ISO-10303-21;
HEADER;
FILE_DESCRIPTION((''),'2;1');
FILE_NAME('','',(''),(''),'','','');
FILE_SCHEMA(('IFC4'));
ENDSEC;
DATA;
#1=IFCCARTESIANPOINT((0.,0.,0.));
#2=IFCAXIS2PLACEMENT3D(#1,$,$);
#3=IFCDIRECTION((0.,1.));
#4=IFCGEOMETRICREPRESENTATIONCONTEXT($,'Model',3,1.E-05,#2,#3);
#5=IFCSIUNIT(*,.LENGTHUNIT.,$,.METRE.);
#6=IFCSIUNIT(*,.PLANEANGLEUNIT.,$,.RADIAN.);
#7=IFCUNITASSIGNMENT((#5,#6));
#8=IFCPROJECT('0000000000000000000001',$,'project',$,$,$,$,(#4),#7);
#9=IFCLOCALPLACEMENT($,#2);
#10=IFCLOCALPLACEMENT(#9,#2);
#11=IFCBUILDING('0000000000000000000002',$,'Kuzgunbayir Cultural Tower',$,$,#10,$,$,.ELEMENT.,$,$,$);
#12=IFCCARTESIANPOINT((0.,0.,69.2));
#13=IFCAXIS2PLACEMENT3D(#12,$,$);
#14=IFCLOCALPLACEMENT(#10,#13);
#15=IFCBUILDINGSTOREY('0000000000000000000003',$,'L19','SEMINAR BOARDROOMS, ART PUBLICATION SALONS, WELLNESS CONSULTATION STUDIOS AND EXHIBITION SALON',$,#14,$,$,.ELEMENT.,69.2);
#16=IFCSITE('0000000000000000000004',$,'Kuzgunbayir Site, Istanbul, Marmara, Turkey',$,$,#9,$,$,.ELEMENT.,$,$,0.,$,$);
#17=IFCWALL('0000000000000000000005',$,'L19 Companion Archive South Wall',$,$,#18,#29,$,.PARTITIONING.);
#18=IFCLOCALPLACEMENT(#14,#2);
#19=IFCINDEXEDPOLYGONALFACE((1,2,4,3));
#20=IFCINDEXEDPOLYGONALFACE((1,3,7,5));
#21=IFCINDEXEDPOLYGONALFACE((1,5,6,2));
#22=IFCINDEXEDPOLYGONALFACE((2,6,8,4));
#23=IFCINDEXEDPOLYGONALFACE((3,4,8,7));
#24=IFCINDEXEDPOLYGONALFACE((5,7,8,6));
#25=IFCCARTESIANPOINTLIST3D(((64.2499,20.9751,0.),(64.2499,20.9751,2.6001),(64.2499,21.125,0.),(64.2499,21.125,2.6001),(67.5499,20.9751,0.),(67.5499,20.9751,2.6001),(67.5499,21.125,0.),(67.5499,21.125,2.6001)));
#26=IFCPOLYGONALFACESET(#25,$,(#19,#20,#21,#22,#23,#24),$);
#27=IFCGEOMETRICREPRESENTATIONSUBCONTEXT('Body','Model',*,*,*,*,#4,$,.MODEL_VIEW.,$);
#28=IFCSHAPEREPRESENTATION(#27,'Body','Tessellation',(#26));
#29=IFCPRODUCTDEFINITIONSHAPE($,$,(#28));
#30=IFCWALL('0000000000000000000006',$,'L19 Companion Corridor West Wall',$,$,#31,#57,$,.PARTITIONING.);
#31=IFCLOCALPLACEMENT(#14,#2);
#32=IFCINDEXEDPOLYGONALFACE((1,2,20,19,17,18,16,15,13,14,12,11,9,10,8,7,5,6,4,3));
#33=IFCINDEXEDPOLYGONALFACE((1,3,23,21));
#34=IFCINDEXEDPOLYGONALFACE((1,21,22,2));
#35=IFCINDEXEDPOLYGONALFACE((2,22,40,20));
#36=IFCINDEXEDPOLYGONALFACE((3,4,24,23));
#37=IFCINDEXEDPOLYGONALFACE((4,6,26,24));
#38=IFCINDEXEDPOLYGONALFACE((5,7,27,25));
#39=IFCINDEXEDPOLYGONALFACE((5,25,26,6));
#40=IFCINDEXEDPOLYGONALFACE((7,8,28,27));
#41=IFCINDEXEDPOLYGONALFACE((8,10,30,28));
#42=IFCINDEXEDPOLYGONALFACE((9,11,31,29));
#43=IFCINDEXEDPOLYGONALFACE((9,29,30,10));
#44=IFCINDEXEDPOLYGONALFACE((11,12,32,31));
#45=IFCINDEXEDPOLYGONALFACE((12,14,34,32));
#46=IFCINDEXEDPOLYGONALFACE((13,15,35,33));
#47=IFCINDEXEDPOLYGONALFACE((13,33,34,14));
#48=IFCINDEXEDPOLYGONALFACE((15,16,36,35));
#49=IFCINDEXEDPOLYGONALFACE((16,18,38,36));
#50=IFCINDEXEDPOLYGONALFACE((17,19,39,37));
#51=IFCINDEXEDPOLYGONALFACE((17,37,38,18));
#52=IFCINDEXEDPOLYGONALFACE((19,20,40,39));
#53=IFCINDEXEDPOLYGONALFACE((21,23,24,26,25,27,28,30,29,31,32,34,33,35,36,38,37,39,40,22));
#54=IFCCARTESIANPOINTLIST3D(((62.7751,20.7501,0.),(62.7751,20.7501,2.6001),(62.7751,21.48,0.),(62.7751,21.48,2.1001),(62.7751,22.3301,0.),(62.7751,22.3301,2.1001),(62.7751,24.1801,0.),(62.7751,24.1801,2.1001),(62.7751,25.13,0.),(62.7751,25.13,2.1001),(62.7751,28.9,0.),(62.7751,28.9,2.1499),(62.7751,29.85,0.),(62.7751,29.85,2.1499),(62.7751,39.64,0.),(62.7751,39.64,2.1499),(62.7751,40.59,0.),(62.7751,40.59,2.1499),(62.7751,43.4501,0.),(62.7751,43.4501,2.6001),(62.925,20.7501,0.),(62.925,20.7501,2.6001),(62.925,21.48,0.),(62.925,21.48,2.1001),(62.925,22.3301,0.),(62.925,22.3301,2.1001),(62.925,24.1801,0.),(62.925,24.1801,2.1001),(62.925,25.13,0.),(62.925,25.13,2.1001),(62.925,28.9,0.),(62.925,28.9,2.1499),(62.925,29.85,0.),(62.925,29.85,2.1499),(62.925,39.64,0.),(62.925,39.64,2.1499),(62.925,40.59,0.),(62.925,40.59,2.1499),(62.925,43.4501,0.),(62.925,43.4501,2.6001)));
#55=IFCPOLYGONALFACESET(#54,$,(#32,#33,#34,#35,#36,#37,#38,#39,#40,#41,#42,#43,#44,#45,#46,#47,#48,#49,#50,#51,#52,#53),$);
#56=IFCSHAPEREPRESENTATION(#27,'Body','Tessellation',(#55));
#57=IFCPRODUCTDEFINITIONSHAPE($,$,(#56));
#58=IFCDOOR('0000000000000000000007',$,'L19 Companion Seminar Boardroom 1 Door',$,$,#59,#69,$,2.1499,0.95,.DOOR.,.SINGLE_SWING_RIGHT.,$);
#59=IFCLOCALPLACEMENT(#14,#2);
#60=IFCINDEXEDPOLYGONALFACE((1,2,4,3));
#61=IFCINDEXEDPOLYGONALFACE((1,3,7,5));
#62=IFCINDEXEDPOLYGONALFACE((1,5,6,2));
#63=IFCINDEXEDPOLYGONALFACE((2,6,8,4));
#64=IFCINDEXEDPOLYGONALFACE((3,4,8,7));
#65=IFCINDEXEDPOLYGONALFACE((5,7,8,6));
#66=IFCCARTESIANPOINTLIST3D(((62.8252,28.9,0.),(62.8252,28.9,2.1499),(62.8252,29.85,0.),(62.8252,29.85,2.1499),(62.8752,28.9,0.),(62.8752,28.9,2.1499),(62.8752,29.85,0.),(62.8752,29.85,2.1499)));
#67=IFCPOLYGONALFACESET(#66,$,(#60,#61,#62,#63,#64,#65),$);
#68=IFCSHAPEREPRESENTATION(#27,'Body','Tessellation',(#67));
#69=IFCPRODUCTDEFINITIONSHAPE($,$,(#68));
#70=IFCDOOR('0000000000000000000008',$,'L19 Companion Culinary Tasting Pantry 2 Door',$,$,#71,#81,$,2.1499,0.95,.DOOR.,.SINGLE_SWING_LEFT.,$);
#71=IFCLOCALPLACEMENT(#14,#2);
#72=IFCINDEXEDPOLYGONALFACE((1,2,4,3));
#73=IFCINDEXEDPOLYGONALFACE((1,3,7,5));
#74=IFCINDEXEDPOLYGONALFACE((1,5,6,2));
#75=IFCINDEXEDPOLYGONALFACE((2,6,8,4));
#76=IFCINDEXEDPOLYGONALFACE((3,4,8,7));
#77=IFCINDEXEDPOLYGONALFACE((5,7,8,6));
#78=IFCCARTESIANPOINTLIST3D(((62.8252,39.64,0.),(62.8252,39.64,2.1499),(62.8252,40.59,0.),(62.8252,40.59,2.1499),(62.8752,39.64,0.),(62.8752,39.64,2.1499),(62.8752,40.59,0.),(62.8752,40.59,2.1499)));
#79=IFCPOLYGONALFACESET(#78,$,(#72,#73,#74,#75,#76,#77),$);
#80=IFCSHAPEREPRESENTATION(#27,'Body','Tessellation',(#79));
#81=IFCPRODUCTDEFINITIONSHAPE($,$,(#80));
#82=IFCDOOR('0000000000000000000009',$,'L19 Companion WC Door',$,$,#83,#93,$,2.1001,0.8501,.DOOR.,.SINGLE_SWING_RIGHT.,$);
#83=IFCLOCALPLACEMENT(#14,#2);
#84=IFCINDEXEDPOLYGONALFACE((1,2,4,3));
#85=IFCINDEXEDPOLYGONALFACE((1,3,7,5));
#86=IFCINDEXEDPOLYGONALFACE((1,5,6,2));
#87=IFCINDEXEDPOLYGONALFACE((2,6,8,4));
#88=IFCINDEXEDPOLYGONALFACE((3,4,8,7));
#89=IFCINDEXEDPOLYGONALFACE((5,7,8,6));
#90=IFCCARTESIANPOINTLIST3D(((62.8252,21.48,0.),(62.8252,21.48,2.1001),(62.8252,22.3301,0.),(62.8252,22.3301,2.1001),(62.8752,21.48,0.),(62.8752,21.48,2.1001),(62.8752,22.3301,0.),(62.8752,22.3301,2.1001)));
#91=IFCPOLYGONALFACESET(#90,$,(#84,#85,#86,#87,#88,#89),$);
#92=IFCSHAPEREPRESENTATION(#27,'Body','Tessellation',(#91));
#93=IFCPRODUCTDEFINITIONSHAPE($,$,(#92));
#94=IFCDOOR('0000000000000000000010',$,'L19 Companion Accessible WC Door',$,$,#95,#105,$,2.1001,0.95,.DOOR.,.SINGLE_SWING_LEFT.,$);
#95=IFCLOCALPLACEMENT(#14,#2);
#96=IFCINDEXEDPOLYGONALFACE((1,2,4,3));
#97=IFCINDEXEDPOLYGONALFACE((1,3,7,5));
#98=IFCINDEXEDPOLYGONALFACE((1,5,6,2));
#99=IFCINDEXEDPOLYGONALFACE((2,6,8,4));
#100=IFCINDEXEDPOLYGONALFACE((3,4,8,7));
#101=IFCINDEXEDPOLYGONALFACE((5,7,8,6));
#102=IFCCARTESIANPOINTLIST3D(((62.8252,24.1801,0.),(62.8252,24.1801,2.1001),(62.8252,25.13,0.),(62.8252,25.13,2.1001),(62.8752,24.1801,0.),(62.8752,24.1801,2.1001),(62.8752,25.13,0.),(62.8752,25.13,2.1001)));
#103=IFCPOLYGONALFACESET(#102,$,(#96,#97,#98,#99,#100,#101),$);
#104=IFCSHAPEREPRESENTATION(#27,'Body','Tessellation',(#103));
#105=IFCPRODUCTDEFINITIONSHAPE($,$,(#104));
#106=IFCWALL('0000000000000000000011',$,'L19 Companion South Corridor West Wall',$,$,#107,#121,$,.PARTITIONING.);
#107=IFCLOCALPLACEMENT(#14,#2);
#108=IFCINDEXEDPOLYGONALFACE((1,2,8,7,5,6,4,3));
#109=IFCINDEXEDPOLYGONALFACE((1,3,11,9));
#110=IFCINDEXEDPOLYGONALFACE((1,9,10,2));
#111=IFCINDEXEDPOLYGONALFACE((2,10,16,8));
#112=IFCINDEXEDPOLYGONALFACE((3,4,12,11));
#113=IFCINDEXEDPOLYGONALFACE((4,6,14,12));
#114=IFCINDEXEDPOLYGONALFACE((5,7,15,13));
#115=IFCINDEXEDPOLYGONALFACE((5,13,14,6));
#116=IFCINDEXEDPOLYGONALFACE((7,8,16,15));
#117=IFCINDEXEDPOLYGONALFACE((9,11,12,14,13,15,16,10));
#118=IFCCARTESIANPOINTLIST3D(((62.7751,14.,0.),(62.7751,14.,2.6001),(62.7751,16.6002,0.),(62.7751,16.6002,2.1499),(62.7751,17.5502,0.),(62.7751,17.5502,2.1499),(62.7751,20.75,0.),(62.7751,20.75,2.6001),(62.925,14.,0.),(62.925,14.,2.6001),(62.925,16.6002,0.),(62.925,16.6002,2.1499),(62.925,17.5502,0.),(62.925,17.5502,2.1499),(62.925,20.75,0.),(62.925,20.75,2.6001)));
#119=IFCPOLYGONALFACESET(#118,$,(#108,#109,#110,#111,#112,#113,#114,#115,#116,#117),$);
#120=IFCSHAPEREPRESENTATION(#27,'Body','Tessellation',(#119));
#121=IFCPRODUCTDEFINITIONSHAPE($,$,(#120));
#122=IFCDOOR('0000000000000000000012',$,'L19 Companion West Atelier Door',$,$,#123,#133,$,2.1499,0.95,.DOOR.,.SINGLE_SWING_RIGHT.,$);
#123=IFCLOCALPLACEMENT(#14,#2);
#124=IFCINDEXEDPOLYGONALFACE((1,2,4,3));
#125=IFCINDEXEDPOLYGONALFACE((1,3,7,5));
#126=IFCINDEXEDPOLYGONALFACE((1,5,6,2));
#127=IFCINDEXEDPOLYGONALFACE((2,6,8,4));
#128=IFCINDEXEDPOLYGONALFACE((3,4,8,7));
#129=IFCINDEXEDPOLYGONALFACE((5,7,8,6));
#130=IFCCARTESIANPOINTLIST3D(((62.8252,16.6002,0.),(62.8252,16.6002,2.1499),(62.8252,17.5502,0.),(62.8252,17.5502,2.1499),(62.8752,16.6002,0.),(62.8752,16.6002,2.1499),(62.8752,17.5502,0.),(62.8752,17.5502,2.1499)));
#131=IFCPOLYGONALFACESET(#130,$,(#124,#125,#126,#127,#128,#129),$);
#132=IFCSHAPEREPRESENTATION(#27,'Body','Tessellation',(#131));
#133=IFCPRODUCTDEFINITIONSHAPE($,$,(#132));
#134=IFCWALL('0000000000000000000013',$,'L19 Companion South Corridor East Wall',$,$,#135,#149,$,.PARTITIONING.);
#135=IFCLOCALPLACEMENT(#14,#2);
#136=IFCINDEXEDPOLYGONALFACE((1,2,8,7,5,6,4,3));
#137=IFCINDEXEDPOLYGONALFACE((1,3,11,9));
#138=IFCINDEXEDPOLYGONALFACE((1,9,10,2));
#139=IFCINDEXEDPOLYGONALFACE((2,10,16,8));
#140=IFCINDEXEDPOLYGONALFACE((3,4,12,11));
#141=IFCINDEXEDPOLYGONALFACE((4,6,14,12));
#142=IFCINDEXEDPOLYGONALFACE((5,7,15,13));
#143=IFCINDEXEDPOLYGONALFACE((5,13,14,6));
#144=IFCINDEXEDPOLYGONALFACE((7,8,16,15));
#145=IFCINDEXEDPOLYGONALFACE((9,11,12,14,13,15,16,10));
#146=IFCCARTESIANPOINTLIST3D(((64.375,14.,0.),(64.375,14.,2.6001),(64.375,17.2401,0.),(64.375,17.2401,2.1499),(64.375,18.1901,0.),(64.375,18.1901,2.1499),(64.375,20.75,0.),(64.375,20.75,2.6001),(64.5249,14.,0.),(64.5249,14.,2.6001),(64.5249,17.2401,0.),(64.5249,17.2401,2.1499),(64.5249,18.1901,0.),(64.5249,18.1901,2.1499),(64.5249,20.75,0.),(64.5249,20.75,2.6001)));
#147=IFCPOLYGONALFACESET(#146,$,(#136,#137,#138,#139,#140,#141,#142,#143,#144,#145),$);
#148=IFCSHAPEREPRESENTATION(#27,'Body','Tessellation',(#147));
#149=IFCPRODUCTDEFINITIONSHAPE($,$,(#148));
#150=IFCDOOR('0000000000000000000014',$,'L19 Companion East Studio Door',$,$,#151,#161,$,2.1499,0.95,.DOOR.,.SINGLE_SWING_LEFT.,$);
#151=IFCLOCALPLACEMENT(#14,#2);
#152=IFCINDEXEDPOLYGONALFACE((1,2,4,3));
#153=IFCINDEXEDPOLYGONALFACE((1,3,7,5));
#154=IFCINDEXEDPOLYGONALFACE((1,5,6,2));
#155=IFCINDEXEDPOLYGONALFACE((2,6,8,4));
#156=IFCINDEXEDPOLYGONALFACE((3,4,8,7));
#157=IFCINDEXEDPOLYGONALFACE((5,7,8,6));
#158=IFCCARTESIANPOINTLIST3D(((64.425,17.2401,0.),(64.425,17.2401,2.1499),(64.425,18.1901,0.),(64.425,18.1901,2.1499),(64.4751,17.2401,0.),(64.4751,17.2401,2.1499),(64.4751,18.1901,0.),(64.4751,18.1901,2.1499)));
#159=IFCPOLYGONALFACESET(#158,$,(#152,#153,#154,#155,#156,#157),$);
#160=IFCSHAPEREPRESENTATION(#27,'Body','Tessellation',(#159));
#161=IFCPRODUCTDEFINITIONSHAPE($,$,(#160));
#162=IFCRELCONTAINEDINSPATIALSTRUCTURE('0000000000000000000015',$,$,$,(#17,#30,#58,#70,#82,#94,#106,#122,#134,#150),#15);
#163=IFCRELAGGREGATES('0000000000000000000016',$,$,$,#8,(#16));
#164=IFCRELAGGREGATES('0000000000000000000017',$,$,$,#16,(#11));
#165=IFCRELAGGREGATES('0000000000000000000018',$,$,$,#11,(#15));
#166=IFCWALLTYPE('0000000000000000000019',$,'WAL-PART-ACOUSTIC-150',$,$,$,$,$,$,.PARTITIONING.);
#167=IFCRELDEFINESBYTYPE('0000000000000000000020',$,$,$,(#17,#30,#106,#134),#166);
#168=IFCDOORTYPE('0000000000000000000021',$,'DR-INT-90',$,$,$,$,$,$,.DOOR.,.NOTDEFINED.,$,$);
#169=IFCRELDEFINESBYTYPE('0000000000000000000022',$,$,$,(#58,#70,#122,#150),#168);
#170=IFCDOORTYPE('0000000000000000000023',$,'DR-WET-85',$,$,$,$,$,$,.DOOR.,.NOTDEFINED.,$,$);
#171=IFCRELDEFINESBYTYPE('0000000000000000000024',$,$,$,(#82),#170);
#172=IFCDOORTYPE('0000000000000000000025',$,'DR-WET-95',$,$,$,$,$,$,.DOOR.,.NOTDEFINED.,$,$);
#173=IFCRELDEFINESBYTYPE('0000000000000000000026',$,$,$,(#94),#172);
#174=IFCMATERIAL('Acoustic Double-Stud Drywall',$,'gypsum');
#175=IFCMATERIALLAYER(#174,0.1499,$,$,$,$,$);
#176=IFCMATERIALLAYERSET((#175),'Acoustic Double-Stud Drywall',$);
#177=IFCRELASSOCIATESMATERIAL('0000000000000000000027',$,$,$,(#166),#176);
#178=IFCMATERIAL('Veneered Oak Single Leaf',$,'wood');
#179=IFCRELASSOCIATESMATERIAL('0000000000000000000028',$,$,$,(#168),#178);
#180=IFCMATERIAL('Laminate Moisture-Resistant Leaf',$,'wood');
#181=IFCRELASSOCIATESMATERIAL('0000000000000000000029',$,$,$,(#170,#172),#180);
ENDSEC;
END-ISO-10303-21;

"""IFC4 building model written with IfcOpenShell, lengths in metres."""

from ifc_helpers import new_model, si_unit, direction, frame, frame_2d, origin, place, context, subcontext, project, spatial, rectangle, extrude, material, layer, layer_set, type_object, element, fill, save


model = new_model("IFC4")

# Units and contexts
model_context = context("Model", 3, precision=1e-05, world=origin(), true_north=direction((0.0, 1.0)))
body_context = subcontext(model_context, "Body", "Model", "MODEL_VIEW")
ifc_project = project(units=[si_unit("LENGTHUNIT", "METRE"), si_unit("PLANEANGLEUNIT", "RADIAN")], contexts=[model_context])

# Site, building, storey
site_placement = place(None, origin())
site = spatial("IfcSite", under=ifc_project, at=site_placement, Name="Kuzgunbayir Site, Istanbul, Marmara, Turkey", CompositionType="ELEMENT", RefElevation=0.0)
building_placement = place(site_placement, origin())
building = spatial("IfcBuilding", under=site, at=building_placement, Name="Kuzgunbayir Cultural Tower", CompositionType="ELEMENT")
storey_placement = place(building_placement, frame((0.0, 0.0, 69.2)))
storey = spatial("IfcBuildingStorey", under=building, at=storey_placement, Name="L19", Description="SEMINAR BOARDROOMS, ART PUBLICATION SALONS, WELLNESS CONSULTATION STUDIOS AND EXHIBITION SALON", CompositionType="ELEMENT", Elevation=69.2)

# Shared definitions
ifc_material_1 = material(Name="Acoustic Double-Stud Drywall", Category="gypsum")
ifc_layer_1 = layer(ifc_material_1, 0.1499)
ifc_layer_set_1 = layer_set([ifc_layer_1], Name="Acoustic Double-Stud Drywall")
wall_type_1 = type_object("IfcWallType", Name="WAL-PART-ACOUSTIC-150", PredefinedType="PARTITIONING", material=ifc_layer_set_1)
ifc_material_2 = material(Name="Veneered Oak Single Leaf", Category="wood")
door_type_1 = type_object("IfcDoorType", Name="DR-INT-90", OperationType="NOTDEFINED", PredefinedType="DOOR", material=ifc_material_2)

# Wall
wall_1_placement = place(storey_placement, frame((64.25, 21.05, 0.0), z_axis=(0.0, 0.0, 1.0), x_axis=(1.0, 0.0, 0.0)))
element("IfcWall", 1, at=wall_1_placement, inside=storey, type_object=wall_type_1, Name="L19 Companion Archive South Wall", PredefinedType="PARTITIONING", context=body_context, shape_type="SweptSolid", body=[
    extrude(rectangle(XDim=3.3, YDim=0.1499, at=frame_2d((1.6499, 0.0))), origin(), (0.0, 0.0, 1.0), 2.6001),
])

# Wall, openings, doors
wall_2_placement = place(storey_placement, frame((62.8501, 20.75, 0.0), z_axis=(0.0, 0.0, 1.0), x_axis=(0.0, 1.0, 0.0)))
wall_2 = element("IfcWall", 2, at=wall_2_placement, inside=storey, type_object=wall_type_1, Name="L19 Companion Corridor West Wall", PredefinedType="PARTITIONING", context=body_context, shape_type="SweptSolid", body=[
    extrude(rectangle(XDim=22.7, YDim=0.1499, at=frame_2d((11.3501, 0.0))), origin(), (0.0, 0.0, 1.0), 2.6001),
])
opening_1_placement = place(wall_2_placement, frame((0.73, 0.0, 0.0)))
opening_1 = element("IfcOpeningElement", 3, at=opening_1_placement, cuts=wall_2, PredefinedType="OPENING", context=body_context, shape_type="SweptSolid", body=[
    extrude(rectangle(XDim=0.8501, YDim=2.1001, at=frame_2d((0.425, 1.05))), frame((0.0, 0.085, 0.0), z_axis=(0.0, -1.0, 0.0), x_axis=(1.0, 0.0, 0.0)), (0.0, 0.0, 1.0), 0.1699),
])
opening_2_placement = place(wall_2_placement, frame((3.4299, 0.0, 0.0)))
opening_2 = element("IfcOpeningElement", 4, at=opening_2_placement, cuts=wall_2, PredefinedType="OPENING", context=body_context, shape_type="SweptSolid", body=[
    extrude(rectangle(XDim=0.95, YDim=2.1001, at=frame_2d((0.4751, 1.05))), frame((0.0, 0.085, 0.0), z_axis=(0.0, -1.0, 0.0), x_axis=(1.0, 0.0, 0.0)), (0.0, 0.0, 1.0), 0.1699),
])
opening_3_placement = place(wall_2_placement, frame((8.1499, 0.0, 0.0)))
opening_3 = element("IfcOpeningElement", 5, at=opening_3_placement, cuts=wall_2, PredefinedType="OPENING", context=body_context, shape_type="SweptSolid", body=[
    extrude(rectangle(XDim=0.95, YDim=2.1499, at=frame_2d((0.4751, 1.075))), frame((0.0, 0.085, 0.0), z_axis=(0.0, -1.0, 0.0), x_axis=(1.0, 0.0, 0.0)), (0.0, 0.0, 1.0), 0.1699),
])
opening_4_placement = place(wall_2_placement, frame((18.8899, 0.0, 0.0)))
opening_4 = element("IfcOpeningElement", 6, at=opening_4_placement, cuts=wall_2, PredefinedType="OPENING", context=body_context, shape_type="SweptSolid", body=[
    extrude(rectangle(XDim=0.95, YDim=2.1499, at=frame_2d((0.4751, 1.075))), frame((0.0, 0.085, 0.0), z_axis=(0.0, -1.0, 0.0), x_axis=(1.0, 0.0, 0.0)), (0.0, 0.0, 1.0), 0.1699),
])
door_1_placement = place(opening_3_placement, origin())
door_1 = element("IfcDoor", 7, at=door_1_placement, inside=storey, type_object=door_type_1, Name="L19 Companion Seminar Boardroom 1 Door", OperationType="SINGLE_SWING_RIGHT", OverallHeight=2.1499, OverallWidth=0.95, PredefinedType="DOOR", context=body_context, shape_type="SweptSolid", body=[
    extrude(rectangle(XDim=0.95, YDim=2.1499, at=frame_2d((0.4751, 1.075))), frame((0.0, 0.0249, 0.0), z_axis=(0.0, -1.0, 0.0), x_axis=(1.0, 0.0, 0.0)), (0.0, 0.0, 1.0), 0.05),
])
fill(opening_3, door_1)
door_2_placement = place(opening_4_placement, origin())
door_2 = element("IfcDoor", 8, at=door_2_placement, inside=storey, type_object=door_type_1, Name="L19 Companion Culinary Tasting Pantry 2 Door", OperationType="SINGLE_SWING_LEFT", OverallHeight=2.1499, OverallWidth=0.95, PredefinedType="DOOR", context=body_context, shape_type="SweptSolid", body=[
    extrude(rectangle(XDim=0.95, YDim=2.1499, at=frame_2d((0.4751, 1.075))), frame((0.0, 0.0249, 0.0), z_axis=(0.0, -1.0, 0.0), x_axis=(1.0, 0.0, 0.0)), (0.0, 0.0, 1.0), 0.05),
])
fill(opening_4, door_2)
ifc_material_3 = material(Name="Laminate Moisture-Resistant Leaf", Category="wood")
door_type_2 = type_object("IfcDoorType", Name="DR-WET-85", OperationType="NOTDEFINED", PredefinedType="DOOR", material=ifc_material_3)
door_3_placement = place(opening_1_placement, origin())
door_3 = element("IfcDoor", 9, at=door_3_placement, inside=storey, type_object=door_type_2, Name="L19 Companion WC Door", OperationType="SINGLE_SWING_RIGHT", OverallHeight=2.1001, OverallWidth=0.8501, PredefinedType="DOOR", context=body_context, shape_type="SweptSolid", body=[
    extrude(rectangle(XDim=0.8501, YDim=2.1001, at=frame_2d((0.425, 1.05))), frame((0.0, 0.0249, 0.0), z_axis=(0.0, -1.0, 0.0), x_axis=(1.0, 0.0, 0.0)), (0.0, 0.0, 1.0), 0.05),
])
fill(opening_1, door_3)
door_type_3 = type_object("IfcDoorType", Name="DR-WET-95", OperationType="NOTDEFINED", PredefinedType="DOOR", material=ifc_material_3)
door_4_placement = place(opening_2_placement, origin())
door_4 = element("IfcDoor", 10, at=door_4_placement, inside=storey, type_object=door_type_3, Name="L19 Companion Accessible WC Door", OperationType="SINGLE_SWING_LEFT", OverallHeight=2.1001, OverallWidth=0.95, PredefinedType="DOOR", context=body_context, shape_type="SweptSolid", body=[
    extrude(rectangle(XDim=0.95, YDim=2.1001, at=frame_2d((0.4751, 1.05))), frame((0.0, 0.0249, 0.0), z_axis=(0.0, -1.0, 0.0), x_axis=(1.0, 0.0, 0.0)), (0.0, 0.0, 1.0), 0.05),
])
fill(opening_2, door_4)

# Walls, openings, doors
wall_3_placement = place(storey_placement, frame((62.8501, 14.0, 0.0), z_axis=(0.0, 0.0, 1.0), x_axis=(0.0, 1.0, 0.0)))
wall_3 = element("IfcWall", 11, at=wall_3_placement, inside=storey, type_object=wall_type_1, Name="L19 Companion South Corridor West Wall", PredefinedType="PARTITIONING", context=body_context, shape_type="SweptSolid", body=[
    extrude(rectangle(XDim=6.75, YDim=0.1499, at=frame_2d((3.375, 0.0))), origin(), (0.0, 0.0, 1.0), 2.6001),
])
opening_5_placement = place(wall_3_placement, frame((2.6001, 0.0, 0.0)))
opening_5 = element("IfcOpeningElement", 12, at=opening_5_placement, cuts=wall_3, PredefinedType="OPENING", context=body_context, shape_type="SweptSolid", body=[
    extrude(rectangle(XDim=0.95, YDim=2.1499, at=frame_2d((0.4751, 1.075))), frame((0.0, 0.085, 0.0), z_axis=(0.0, -1.0, 0.0), x_axis=(1.0, 0.0, 0.0)), (0.0, 0.0, 1.0), 0.1699),
])
door_5_placement = place(opening_5_placement, origin())
door_5 = element("IfcDoor", 13, at=door_5_placement, inside=storey, type_object=door_type_1, Name="L19 Companion West Atelier Door", OperationType="SINGLE_SWING_RIGHT", OverallHeight=2.1499, OverallWidth=0.95, PredefinedType="DOOR", context=body_context, shape_type="SweptSolid", body=[
    extrude(rectangle(XDim=0.95, YDim=2.1499, at=frame_2d((0.4751, 1.075))), frame((0.0, 0.0249, 0.0), z_axis=(0.0, -1.0, 0.0), x_axis=(1.0, 0.0, 0.0)), (0.0, 0.0, 1.0), 0.05),
])
fill(opening_5, door_5)
wall_4_placement = place(storey_placement, frame((64.45, 14.0, 0.0), z_axis=(0.0, 0.0, 1.0), x_axis=(0.0, 1.0, 0.0)))
wall_4 = element("IfcWall", 14, at=wall_4_placement, inside=storey, type_object=wall_type_1, Name="L19 Companion South Corridor East Wall", PredefinedType="PARTITIONING", context=body_context, shape_type="SweptSolid", body=[
    extrude(rectangle(XDim=6.75, YDim=0.1499, at=frame_2d((3.375, 0.0))), origin(), (0.0, 0.0, 1.0), 2.6001),
])
opening_6_placement = place(wall_4_placement, frame((3.24, 0.0, 0.0)))
opening_6 = element("IfcOpeningElement", 15, at=opening_6_placement, cuts=wall_4, PredefinedType="OPENING", context=body_context, shape_type="SweptSolid", body=[
    extrude(rectangle(XDim=0.95, YDim=2.1499, at=frame_2d((0.4751, 1.075))), frame((0.0, 0.085, 0.0), z_axis=(0.0, -1.0, 0.0), x_axis=(1.0, 0.0, 0.0)), (0.0, 0.0, 1.0), 0.1699),
])
door_6_placement = place(opening_6_placement, origin())
door_6 = element("IfcDoor", 16, at=door_6_placement, inside=storey, type_object=door_type_1, Name="L19 Companion East Studio Door", OperationType="SINGLE_SWING_LEFT", OverallHeight=2.1499, OverallWidth=0.95, PredefinedType="DOOR", context=body_context, shape_type="SweptSolid", body=[
    extrude(rectangle(XDim=0.95, YDim=2.1499, at=frame_2d((0.4751, 1.075))), frame((0.0, 0.0249, 0.0), z_axis=(0.0, -1.0, 0.0), x_axis=(1.0, 0.0, 0.0)), (0.0, 0.0, 1.0), 0.05),
])
fill(opening_6, door_6)

save(model, "model.ifc")
